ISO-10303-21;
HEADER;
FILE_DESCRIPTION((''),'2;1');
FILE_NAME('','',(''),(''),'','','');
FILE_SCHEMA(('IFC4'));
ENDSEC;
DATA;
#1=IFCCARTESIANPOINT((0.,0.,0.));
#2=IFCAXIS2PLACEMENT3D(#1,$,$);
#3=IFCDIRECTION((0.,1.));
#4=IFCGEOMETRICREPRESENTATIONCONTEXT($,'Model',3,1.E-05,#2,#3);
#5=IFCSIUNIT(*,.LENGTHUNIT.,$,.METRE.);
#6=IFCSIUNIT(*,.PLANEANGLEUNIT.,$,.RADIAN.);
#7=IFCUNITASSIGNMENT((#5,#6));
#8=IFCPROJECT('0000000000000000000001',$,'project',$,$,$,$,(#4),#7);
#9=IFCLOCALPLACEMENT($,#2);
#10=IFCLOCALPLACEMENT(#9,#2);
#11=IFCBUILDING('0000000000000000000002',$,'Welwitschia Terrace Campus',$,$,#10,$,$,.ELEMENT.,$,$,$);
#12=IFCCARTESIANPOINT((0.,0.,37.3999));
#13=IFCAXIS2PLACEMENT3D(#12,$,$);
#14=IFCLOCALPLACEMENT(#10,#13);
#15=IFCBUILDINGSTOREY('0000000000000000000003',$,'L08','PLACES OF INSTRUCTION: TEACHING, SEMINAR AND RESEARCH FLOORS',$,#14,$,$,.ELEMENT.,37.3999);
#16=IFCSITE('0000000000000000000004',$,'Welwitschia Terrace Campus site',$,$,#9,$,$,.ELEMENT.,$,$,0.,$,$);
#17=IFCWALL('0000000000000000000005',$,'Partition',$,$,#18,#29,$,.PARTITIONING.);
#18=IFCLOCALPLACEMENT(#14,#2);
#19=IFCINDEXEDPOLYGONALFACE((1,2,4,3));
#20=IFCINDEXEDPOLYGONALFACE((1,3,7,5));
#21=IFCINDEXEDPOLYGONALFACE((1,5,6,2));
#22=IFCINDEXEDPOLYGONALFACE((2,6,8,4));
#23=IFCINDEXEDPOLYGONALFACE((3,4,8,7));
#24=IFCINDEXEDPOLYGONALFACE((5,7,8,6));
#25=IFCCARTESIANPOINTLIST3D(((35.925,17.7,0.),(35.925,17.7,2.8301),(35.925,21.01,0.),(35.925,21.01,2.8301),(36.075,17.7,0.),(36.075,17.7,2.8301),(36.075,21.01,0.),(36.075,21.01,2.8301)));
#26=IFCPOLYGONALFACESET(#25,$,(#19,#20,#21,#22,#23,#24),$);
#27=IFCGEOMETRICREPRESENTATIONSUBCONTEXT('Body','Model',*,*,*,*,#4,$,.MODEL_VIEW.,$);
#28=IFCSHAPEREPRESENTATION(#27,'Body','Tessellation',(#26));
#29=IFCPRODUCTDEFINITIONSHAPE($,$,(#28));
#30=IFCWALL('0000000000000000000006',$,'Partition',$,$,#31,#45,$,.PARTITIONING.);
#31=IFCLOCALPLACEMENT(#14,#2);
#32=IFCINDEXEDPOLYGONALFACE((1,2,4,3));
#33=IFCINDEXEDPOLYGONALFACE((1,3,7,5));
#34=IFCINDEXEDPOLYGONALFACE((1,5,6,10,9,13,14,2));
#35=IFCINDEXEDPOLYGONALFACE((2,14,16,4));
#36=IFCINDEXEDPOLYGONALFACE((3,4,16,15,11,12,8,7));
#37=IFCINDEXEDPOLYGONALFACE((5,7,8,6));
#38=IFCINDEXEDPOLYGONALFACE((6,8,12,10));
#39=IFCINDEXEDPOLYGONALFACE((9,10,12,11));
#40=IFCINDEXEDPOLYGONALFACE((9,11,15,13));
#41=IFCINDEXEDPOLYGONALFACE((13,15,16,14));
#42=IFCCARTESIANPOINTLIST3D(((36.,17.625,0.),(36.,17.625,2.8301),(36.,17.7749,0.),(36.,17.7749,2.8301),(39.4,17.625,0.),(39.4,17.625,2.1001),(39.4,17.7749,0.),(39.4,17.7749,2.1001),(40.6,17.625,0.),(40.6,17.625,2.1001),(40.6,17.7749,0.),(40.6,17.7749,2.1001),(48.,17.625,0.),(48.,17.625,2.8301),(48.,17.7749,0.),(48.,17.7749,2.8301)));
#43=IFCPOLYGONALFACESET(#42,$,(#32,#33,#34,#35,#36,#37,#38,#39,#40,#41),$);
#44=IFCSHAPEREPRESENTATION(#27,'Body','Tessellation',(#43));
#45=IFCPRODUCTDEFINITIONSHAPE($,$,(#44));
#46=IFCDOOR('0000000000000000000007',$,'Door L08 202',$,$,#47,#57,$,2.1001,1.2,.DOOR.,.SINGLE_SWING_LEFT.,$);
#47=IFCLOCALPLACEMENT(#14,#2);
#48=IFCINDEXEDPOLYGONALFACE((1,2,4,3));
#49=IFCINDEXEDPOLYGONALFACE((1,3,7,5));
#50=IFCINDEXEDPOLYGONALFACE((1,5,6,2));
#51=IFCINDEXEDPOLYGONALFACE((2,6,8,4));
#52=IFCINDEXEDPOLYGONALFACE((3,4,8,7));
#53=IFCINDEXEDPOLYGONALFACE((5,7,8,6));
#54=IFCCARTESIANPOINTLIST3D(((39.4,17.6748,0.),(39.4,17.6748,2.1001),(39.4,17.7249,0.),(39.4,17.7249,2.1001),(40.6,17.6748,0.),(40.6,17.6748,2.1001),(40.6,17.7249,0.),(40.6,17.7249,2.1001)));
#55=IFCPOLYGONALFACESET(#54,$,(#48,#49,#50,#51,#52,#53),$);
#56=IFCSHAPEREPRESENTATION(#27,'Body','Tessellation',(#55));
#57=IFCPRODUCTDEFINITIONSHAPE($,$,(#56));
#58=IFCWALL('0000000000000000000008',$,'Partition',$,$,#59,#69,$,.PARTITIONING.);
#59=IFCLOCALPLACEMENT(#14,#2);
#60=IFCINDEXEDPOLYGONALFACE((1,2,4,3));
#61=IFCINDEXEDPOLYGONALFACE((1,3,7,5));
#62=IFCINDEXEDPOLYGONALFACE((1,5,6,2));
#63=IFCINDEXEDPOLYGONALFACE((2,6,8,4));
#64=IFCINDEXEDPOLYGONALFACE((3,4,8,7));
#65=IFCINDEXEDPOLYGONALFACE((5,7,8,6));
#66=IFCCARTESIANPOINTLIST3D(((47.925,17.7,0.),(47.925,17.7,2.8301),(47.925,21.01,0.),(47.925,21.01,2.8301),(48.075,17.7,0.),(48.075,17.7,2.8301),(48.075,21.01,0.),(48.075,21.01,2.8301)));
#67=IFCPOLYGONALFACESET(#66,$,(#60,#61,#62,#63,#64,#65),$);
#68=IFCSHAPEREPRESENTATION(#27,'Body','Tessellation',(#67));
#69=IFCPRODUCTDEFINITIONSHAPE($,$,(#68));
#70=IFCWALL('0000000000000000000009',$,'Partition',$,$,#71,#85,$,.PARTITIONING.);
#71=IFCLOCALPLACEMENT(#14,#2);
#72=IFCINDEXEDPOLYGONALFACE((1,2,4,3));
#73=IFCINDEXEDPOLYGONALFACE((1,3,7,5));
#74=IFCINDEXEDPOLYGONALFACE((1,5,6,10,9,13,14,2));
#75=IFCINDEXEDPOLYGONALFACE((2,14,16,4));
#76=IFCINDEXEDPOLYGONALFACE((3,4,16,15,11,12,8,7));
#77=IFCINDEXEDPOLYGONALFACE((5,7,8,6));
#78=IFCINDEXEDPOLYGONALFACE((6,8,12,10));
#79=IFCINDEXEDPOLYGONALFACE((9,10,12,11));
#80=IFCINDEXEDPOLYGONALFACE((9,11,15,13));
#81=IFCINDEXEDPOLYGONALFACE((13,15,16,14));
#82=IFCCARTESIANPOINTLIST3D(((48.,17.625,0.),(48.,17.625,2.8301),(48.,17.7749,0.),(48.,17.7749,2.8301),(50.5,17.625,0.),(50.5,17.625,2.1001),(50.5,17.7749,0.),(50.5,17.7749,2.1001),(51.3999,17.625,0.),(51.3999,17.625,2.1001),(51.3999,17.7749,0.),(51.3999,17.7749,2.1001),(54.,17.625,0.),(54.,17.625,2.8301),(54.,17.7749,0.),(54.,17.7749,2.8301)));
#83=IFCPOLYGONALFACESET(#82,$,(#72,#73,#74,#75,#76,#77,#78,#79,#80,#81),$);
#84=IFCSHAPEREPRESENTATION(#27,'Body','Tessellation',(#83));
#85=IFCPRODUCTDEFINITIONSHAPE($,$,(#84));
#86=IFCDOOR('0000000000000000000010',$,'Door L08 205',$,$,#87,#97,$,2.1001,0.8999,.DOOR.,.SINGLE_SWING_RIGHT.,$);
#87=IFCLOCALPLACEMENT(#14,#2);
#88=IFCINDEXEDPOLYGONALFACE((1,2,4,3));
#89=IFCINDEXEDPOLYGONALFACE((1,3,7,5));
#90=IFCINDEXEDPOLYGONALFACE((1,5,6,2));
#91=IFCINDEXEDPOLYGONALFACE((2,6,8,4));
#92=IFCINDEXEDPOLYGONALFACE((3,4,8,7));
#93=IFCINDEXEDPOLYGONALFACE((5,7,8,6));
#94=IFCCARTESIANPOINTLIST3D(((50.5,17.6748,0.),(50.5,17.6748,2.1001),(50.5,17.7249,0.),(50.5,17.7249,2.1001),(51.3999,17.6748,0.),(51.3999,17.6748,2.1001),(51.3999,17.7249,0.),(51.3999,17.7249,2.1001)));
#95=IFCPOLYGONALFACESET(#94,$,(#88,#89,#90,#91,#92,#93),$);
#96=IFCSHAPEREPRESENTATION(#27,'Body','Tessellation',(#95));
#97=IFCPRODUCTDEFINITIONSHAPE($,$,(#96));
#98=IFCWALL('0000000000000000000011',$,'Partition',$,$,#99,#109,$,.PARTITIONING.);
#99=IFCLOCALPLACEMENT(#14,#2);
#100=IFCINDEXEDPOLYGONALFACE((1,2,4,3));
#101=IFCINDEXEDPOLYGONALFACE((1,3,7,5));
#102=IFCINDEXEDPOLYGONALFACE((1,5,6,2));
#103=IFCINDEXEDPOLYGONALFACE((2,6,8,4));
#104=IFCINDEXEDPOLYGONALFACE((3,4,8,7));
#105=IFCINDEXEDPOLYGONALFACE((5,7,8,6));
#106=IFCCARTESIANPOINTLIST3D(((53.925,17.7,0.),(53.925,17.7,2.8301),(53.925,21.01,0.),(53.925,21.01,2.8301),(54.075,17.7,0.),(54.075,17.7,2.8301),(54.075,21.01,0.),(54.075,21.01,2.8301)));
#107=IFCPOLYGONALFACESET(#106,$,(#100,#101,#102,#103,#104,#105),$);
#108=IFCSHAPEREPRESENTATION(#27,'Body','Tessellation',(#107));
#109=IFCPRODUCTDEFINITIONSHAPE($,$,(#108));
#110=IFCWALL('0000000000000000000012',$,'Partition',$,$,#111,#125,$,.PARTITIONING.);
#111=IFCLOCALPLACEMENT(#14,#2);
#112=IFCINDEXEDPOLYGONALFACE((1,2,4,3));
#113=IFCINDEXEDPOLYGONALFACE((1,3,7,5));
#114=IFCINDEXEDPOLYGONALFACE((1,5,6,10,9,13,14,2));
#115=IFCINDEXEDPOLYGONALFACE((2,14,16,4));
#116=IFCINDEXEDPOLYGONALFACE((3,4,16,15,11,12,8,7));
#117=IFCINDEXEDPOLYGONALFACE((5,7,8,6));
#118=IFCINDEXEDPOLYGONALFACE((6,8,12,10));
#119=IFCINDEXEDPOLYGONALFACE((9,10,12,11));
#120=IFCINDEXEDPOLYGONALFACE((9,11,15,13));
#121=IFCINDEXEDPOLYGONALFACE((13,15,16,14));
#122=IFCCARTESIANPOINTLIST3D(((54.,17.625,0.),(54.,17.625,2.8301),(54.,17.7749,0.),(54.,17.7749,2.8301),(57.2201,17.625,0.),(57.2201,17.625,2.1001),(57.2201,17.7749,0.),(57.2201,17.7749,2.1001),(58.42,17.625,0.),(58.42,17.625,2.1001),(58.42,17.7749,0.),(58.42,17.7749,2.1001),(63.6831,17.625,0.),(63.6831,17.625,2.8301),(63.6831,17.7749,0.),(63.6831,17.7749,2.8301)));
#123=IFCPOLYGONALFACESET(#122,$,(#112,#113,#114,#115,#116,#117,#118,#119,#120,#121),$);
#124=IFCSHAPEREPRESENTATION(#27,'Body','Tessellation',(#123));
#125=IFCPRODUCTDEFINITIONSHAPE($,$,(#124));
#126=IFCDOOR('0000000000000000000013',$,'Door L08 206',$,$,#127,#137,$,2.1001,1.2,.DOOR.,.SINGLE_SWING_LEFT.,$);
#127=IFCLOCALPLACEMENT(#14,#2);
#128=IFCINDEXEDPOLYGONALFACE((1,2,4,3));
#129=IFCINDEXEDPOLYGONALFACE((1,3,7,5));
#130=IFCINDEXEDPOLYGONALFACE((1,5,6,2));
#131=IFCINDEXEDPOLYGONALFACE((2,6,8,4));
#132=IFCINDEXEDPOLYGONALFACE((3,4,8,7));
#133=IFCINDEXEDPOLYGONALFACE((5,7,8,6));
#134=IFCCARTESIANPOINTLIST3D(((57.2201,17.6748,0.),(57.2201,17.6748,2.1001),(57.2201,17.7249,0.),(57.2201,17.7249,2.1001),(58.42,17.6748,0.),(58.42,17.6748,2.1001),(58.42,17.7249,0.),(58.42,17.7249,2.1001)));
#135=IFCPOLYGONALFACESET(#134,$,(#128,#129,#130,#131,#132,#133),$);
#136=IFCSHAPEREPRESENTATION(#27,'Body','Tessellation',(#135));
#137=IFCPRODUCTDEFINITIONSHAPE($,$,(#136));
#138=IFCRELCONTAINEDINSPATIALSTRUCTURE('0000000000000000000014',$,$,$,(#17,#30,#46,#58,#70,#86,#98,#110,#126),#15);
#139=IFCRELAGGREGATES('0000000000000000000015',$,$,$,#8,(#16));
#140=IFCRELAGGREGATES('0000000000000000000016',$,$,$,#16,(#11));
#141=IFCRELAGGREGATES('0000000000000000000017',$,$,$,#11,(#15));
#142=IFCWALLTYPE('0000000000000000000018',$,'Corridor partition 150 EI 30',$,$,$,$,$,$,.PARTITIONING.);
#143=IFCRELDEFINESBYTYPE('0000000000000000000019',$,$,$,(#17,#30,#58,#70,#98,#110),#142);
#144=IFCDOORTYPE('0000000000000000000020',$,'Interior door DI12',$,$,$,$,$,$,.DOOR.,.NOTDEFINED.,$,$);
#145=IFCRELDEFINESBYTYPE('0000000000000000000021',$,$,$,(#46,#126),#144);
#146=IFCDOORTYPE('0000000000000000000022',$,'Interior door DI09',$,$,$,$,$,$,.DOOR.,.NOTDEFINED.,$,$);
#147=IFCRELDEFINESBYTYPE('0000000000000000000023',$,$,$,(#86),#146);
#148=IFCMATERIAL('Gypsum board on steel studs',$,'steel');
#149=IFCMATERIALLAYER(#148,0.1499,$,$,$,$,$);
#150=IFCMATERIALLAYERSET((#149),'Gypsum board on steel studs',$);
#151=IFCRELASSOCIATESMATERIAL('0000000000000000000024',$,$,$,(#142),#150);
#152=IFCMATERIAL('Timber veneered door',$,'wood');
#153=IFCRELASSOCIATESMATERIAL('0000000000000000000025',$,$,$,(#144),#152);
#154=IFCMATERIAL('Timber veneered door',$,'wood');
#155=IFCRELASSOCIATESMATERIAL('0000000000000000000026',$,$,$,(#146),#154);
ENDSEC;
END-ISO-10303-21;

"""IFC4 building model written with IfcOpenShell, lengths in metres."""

from ifc_helpers import new_model, si_unit, direction, frame, frame_2d, origin, place, context, subcontext, project, spatial, rectangle, extrude, material, layer, layer_set, type_object, element, fill, save


model = new_model("IFC4")

# Units and contexts
model_context = context("Model", 3, precision=1e-05, world=origin(), true_north=direction((0.0, 1.0)))
body_context = subcontext(model_context, "Body", "Model", "MODEL_VIEW")
ifc_project = project(units=[si_unit("LENGTHUNIT", "METRE"), si_unit("PLANEANGLEUNIT", "RADIAN")], contexts=[model_context])

# Site, building, storey
site_placement = place(None, origin())
site = spatial("IfcSite", under=ifc_project, at=site_placement, Name="Welwitschia Terrace Campus site", CompositionType="ELEMENT", RefElevation=0.0)
building_placement = place(site_placement, origin())
building = spatial("IfcBuilding", under=site, at=building_placement, Name="Welwitschia Terrace Campus", CompositionType="ELEMENT")
storey_placement = place(building_placement, frame((0.0, 0.0, 37.3999)))
storey = spatial("IfcBuildingStorey", under=building, at=storey_placement, Name="L08", Description="PLACES OF INSTRUCTION: TEACHING, SEMINAR AND RESEARCH FLOORS", CompositionType="ELEMENT", Elevation=37.3999)

# Shared definitions
ifc_material_1 = material(Name="Gypsum board on steel studs", Category="steel")
ifc_layer_1 = layer(ifc_material_1, 0.1499)
ifc_layer_set_1 = layer_set([ifc_layer_1], Name="Gypsum board on steel studs")
wall_type = type_object("IfcWallType", Name="Corridor partition 150 EI 30", PredefinedType="PARTITIONING", material=ifc_layer_set_1)

# Wall
wall_1_placement = place(storey_placement, frame((36.0, 17.7, 0.0), z_axis=(0.0, 0.0, 1.0), x_axis=(0.0, 1.0, 0.0)))
element("IfcWall", 1, at=wall_1_placement, inside=storey, type_object=wall_type, Name="Partition", PredefinedType="PARTITIONING", context=body_context, shape_type="SweptSolid", body=[
    extrude(rectangle(XDim=3.3101, YDim=0.1499, at=frame_2d((1.655, 0.0))), origin(), (0.0, 0.0, 1.0), 2.8301),
])

# Wall, opening, door
wall_2_placement = place(storey_placement, frame((36.0, 17.7, 0.0), z_axis=(0.0, 0.0, 1.0), x_axis=(1.0, 0.0, 0.0)))
wall_2 = element("IfcWall", 2, at=wall_2_placement, inside=storey, type_object=wall_type, Name="Partition", PredefinedType="PARTITIONING", context=body_context, shape_type="SweptSolid", body=[
    extrude(rectangle(XDim=12.0, YDim=0.1499, at=frame_2d((6.0, 0.0))), origin(), (0.0, 0.0, 1.0), 2.8301),
])
opening_1_placement = place(wall_2_placement, frame((3.3999, 0.0, 0.0)))
opening_1 = element("IfcOpeningElement", 3, at=opening_1_placement, cuts=wall_2, PredefinedType="OPENING", context=body_context, shape_type="SweptSolid", body=[
    extrude(rectangle(XDim=1.2, YDim=2.1001, at=frame_2d((0.6001, 1.05))), frame((0.0, 0.085, 0.0), z_axis=(0.0, -1.0, 0.0), x_axis=(1.0, 0.0, 0.0)), (0.0, 0.0, 1.0), 0.1699),
])
ifc_material_2 = material(Name="Timber veneered door", Category="wood")
door_type_1 = type_object("IfcDoorType", Name="Interior door DI12", OperationType="NOTDEFINED", PredefinedType="DOOR", material=ifc_material_2)
door_1_placement = place(opening_1_placement, origin())
door_1 = element("IfcDoor", 4, at=door_1_placement, inside=storey, type_object=door_type_1, Name="Door L08 202", OperationType="SINGLE_SWING_LEFT", OverallHeight=2.1001, OverallWidth=1.2, PredefinedType="DOOR", context=body_context, shape_type="SweptSolid", body=[
    extrude(rectangle(XDim=1.2, YDim=2.1001, at=frame_2d((0.6001, 1.05))), frame((0.0, 0.0249, 0.0), z_axis=(0.0, -1.0, 0.0), x_axis=(1.0, 0.0, 0.0)), (0.0, 0.0, 1.0), 0.05),
])
fill(opening_1, door_1)

# Wall
wall_3_placement = place(storey_placement, frame((48.0, 17.7, 0.0), z_axis=(0.0, 0.0, 1.0), x_axis=(0.0, 1.0, 0.0)))
element("IfcWall", 5, at=wall_3_placement, inside=storey, type_object=wall_type, Name="Partition", PredefinedType="PARTITIONING", context=body_context, shape_type="SweptSolid", body=[
    extrude(rectangle(XDim=3.3101, YDim=0.1499, at=frame_2d((1.655, 0.0))), origin(), (0.0, 0.0, 1.0), 2.8301),
])

# Wall, opening, door
wall_4_placement = place(storey_placement, frame((48.0, 17.7, 0.0), z_axis=(0.0, 0.0, 1.0), x_axis=(1.0, 0.0, 0.0)))
wall_4 = element("IfcWall", 6, at=wall_4_placement, inside=storey, type_object=wall_type, Name="Partition", PredefinedType="PARTITIONING", context=body_context, shape_type="SweptSolid", body=[
    extrude(rectangle(XDim=6.0, YDim=0.1499, at=frame_2d((3.0, 0.0))), origin(), (0.0, 0.0, 1.0), 2.8301),
])
opening_2_placement = place(wall_4_placement, frame((2.5, 0.0, 0.0)))
opening_2 = element("IfcOpeningElement", 7, at=opening_2_placement, cuts=wall_4, PredefinedType="OPENING", context=body_context, shape_type="SweptSolid", body=[
    extrude(rectangle(XDim=0.8999, YDim=2.1001, at=frame_2d((0.45, 1.05))), frame((0.0, 0.085, 0.0), z_axis=(0.0, -1.0, 0.0), x_axis=(1.0, 0.0, 0.0)), (0.0, 0.0, 1.0), 0.1699),
])
ifc_material_3 = material(Name="Timber veneered door", Category="wood")
door_type_2 = type_object("IfcDoorType", Name="Interior door DI09", OperationType="NOTDEFINED", PredefinedType="DOOR", material=ifc_material_3)
door_2_placement = place(opening_2_placement, origin())
door_2 = element("IfcDoor", 8, at=door_2_placement, inside=storey, type_object=door_type_2, Name="Door L08 205", OperationType="SINGLE_SWING_RIGHT", OverallHeight=2.1001, OverallWidth=0.8999, PredefinedType="DOOR", context=body_context, shape_type="SweptSolid", body=[
    extrude(rectangle(XDim=0.8999, YDim=2.1001, at=frame_2d((0.45, 1.05))), frame((0.0, 0.0249, 0.0), z_axis=(0.0, -1.0, 0.0), x_axis=(1.0, 0.0, 0.0)), (0.0, 0.0, 1.0), 0.05),
])
fill(opening_2, door_2)

# Wall
wall_5_placement = place(storey_placement, frame((54.0, 17.7, 0.0), z_axis=(0.0, 0.0, 1.0), x_axis=(0.0, 1.0, 0.0)))
element("IfcWall", 9, at=wall_5_placement, inside=storey, type_object=wall_type, Name="Partition", PredefinedType="PARTITIONING", context=body_context, shape_type="SweptSolid", body=[
    extrude(rectangle(XDim=3.3101, YDim=0.1499, at=frame_2d((1.655, 0.0))), origin(), (0.0, 0.0, 1.0), 2.8301),
])

# Wall, opening, door
wall_6_placement = place(storey_placement, frame((54.0, 17.7, 0.0), z_axis=(0.0, 0.0, 1.0), x_axis=(1.0, 0.0, 0.0)))
wall_6 = element("IfcWall", 10, at=wall_6_placement, inside=storey, type_object=wall_type, Name="Partition", PredefinedType="PARTITIONING", context=body_context, shape_type="SweptSolid", body=[
    extrude(rectangle(XDim=9.6831, YDim=0.1499, at=frame_2d((4.8416, 0.0))), origin(), (0.0, 0.0, 1.0), 2.8301),
])
opening_3_placement = place(wall_6_placement, frame((3.22, 0.0, 0.0)))
opening_3 = element("IfcOpeningElement", 11, at=opening_3_placement, cuts=wall_6, PredefinedType="OPENING", context=body_context, shape_type="SweptSolid", body=[
    extrude(rectangle(XDim=1.2, YDim=2.1001, at=frame_2d((0.6001, 1.05))), frame((0.0, 0.085, 0.0), z_axis=(0.0, -1.0, 0.0), x_axis=(1.0, 0.0, 0.0)), (0.0, 0.0, 1.0), 0.1699),
])
door_3_placement = place(opening_3_placement, origin())
door_3 = element("IfcDoor", 12, at=door_3_placement, inside=storey, type_object=door_type_1, Name="Door L08 206", OperationType="SINGLE_SWING_LEFT", OverallHeight=2.1001, OverallWidth=1.2, PredefinedType="DOOR", context=body_context, shape_type="SweptSolid", body=[
    extrude(rectangle(XDim=1.2, YDim=2.1001, at=frame_2d((0.6001, 1.05))), frame((0.0, 0.0249, 0.0), z_axis=(0.0, -1.0, 0.0), x_axis=(1.0, 0.0, 0.0)), (0.0, 0.0, 1.0), 0.05),
])
fill(opening_3, door_3)

save(model, "model.ifc")
